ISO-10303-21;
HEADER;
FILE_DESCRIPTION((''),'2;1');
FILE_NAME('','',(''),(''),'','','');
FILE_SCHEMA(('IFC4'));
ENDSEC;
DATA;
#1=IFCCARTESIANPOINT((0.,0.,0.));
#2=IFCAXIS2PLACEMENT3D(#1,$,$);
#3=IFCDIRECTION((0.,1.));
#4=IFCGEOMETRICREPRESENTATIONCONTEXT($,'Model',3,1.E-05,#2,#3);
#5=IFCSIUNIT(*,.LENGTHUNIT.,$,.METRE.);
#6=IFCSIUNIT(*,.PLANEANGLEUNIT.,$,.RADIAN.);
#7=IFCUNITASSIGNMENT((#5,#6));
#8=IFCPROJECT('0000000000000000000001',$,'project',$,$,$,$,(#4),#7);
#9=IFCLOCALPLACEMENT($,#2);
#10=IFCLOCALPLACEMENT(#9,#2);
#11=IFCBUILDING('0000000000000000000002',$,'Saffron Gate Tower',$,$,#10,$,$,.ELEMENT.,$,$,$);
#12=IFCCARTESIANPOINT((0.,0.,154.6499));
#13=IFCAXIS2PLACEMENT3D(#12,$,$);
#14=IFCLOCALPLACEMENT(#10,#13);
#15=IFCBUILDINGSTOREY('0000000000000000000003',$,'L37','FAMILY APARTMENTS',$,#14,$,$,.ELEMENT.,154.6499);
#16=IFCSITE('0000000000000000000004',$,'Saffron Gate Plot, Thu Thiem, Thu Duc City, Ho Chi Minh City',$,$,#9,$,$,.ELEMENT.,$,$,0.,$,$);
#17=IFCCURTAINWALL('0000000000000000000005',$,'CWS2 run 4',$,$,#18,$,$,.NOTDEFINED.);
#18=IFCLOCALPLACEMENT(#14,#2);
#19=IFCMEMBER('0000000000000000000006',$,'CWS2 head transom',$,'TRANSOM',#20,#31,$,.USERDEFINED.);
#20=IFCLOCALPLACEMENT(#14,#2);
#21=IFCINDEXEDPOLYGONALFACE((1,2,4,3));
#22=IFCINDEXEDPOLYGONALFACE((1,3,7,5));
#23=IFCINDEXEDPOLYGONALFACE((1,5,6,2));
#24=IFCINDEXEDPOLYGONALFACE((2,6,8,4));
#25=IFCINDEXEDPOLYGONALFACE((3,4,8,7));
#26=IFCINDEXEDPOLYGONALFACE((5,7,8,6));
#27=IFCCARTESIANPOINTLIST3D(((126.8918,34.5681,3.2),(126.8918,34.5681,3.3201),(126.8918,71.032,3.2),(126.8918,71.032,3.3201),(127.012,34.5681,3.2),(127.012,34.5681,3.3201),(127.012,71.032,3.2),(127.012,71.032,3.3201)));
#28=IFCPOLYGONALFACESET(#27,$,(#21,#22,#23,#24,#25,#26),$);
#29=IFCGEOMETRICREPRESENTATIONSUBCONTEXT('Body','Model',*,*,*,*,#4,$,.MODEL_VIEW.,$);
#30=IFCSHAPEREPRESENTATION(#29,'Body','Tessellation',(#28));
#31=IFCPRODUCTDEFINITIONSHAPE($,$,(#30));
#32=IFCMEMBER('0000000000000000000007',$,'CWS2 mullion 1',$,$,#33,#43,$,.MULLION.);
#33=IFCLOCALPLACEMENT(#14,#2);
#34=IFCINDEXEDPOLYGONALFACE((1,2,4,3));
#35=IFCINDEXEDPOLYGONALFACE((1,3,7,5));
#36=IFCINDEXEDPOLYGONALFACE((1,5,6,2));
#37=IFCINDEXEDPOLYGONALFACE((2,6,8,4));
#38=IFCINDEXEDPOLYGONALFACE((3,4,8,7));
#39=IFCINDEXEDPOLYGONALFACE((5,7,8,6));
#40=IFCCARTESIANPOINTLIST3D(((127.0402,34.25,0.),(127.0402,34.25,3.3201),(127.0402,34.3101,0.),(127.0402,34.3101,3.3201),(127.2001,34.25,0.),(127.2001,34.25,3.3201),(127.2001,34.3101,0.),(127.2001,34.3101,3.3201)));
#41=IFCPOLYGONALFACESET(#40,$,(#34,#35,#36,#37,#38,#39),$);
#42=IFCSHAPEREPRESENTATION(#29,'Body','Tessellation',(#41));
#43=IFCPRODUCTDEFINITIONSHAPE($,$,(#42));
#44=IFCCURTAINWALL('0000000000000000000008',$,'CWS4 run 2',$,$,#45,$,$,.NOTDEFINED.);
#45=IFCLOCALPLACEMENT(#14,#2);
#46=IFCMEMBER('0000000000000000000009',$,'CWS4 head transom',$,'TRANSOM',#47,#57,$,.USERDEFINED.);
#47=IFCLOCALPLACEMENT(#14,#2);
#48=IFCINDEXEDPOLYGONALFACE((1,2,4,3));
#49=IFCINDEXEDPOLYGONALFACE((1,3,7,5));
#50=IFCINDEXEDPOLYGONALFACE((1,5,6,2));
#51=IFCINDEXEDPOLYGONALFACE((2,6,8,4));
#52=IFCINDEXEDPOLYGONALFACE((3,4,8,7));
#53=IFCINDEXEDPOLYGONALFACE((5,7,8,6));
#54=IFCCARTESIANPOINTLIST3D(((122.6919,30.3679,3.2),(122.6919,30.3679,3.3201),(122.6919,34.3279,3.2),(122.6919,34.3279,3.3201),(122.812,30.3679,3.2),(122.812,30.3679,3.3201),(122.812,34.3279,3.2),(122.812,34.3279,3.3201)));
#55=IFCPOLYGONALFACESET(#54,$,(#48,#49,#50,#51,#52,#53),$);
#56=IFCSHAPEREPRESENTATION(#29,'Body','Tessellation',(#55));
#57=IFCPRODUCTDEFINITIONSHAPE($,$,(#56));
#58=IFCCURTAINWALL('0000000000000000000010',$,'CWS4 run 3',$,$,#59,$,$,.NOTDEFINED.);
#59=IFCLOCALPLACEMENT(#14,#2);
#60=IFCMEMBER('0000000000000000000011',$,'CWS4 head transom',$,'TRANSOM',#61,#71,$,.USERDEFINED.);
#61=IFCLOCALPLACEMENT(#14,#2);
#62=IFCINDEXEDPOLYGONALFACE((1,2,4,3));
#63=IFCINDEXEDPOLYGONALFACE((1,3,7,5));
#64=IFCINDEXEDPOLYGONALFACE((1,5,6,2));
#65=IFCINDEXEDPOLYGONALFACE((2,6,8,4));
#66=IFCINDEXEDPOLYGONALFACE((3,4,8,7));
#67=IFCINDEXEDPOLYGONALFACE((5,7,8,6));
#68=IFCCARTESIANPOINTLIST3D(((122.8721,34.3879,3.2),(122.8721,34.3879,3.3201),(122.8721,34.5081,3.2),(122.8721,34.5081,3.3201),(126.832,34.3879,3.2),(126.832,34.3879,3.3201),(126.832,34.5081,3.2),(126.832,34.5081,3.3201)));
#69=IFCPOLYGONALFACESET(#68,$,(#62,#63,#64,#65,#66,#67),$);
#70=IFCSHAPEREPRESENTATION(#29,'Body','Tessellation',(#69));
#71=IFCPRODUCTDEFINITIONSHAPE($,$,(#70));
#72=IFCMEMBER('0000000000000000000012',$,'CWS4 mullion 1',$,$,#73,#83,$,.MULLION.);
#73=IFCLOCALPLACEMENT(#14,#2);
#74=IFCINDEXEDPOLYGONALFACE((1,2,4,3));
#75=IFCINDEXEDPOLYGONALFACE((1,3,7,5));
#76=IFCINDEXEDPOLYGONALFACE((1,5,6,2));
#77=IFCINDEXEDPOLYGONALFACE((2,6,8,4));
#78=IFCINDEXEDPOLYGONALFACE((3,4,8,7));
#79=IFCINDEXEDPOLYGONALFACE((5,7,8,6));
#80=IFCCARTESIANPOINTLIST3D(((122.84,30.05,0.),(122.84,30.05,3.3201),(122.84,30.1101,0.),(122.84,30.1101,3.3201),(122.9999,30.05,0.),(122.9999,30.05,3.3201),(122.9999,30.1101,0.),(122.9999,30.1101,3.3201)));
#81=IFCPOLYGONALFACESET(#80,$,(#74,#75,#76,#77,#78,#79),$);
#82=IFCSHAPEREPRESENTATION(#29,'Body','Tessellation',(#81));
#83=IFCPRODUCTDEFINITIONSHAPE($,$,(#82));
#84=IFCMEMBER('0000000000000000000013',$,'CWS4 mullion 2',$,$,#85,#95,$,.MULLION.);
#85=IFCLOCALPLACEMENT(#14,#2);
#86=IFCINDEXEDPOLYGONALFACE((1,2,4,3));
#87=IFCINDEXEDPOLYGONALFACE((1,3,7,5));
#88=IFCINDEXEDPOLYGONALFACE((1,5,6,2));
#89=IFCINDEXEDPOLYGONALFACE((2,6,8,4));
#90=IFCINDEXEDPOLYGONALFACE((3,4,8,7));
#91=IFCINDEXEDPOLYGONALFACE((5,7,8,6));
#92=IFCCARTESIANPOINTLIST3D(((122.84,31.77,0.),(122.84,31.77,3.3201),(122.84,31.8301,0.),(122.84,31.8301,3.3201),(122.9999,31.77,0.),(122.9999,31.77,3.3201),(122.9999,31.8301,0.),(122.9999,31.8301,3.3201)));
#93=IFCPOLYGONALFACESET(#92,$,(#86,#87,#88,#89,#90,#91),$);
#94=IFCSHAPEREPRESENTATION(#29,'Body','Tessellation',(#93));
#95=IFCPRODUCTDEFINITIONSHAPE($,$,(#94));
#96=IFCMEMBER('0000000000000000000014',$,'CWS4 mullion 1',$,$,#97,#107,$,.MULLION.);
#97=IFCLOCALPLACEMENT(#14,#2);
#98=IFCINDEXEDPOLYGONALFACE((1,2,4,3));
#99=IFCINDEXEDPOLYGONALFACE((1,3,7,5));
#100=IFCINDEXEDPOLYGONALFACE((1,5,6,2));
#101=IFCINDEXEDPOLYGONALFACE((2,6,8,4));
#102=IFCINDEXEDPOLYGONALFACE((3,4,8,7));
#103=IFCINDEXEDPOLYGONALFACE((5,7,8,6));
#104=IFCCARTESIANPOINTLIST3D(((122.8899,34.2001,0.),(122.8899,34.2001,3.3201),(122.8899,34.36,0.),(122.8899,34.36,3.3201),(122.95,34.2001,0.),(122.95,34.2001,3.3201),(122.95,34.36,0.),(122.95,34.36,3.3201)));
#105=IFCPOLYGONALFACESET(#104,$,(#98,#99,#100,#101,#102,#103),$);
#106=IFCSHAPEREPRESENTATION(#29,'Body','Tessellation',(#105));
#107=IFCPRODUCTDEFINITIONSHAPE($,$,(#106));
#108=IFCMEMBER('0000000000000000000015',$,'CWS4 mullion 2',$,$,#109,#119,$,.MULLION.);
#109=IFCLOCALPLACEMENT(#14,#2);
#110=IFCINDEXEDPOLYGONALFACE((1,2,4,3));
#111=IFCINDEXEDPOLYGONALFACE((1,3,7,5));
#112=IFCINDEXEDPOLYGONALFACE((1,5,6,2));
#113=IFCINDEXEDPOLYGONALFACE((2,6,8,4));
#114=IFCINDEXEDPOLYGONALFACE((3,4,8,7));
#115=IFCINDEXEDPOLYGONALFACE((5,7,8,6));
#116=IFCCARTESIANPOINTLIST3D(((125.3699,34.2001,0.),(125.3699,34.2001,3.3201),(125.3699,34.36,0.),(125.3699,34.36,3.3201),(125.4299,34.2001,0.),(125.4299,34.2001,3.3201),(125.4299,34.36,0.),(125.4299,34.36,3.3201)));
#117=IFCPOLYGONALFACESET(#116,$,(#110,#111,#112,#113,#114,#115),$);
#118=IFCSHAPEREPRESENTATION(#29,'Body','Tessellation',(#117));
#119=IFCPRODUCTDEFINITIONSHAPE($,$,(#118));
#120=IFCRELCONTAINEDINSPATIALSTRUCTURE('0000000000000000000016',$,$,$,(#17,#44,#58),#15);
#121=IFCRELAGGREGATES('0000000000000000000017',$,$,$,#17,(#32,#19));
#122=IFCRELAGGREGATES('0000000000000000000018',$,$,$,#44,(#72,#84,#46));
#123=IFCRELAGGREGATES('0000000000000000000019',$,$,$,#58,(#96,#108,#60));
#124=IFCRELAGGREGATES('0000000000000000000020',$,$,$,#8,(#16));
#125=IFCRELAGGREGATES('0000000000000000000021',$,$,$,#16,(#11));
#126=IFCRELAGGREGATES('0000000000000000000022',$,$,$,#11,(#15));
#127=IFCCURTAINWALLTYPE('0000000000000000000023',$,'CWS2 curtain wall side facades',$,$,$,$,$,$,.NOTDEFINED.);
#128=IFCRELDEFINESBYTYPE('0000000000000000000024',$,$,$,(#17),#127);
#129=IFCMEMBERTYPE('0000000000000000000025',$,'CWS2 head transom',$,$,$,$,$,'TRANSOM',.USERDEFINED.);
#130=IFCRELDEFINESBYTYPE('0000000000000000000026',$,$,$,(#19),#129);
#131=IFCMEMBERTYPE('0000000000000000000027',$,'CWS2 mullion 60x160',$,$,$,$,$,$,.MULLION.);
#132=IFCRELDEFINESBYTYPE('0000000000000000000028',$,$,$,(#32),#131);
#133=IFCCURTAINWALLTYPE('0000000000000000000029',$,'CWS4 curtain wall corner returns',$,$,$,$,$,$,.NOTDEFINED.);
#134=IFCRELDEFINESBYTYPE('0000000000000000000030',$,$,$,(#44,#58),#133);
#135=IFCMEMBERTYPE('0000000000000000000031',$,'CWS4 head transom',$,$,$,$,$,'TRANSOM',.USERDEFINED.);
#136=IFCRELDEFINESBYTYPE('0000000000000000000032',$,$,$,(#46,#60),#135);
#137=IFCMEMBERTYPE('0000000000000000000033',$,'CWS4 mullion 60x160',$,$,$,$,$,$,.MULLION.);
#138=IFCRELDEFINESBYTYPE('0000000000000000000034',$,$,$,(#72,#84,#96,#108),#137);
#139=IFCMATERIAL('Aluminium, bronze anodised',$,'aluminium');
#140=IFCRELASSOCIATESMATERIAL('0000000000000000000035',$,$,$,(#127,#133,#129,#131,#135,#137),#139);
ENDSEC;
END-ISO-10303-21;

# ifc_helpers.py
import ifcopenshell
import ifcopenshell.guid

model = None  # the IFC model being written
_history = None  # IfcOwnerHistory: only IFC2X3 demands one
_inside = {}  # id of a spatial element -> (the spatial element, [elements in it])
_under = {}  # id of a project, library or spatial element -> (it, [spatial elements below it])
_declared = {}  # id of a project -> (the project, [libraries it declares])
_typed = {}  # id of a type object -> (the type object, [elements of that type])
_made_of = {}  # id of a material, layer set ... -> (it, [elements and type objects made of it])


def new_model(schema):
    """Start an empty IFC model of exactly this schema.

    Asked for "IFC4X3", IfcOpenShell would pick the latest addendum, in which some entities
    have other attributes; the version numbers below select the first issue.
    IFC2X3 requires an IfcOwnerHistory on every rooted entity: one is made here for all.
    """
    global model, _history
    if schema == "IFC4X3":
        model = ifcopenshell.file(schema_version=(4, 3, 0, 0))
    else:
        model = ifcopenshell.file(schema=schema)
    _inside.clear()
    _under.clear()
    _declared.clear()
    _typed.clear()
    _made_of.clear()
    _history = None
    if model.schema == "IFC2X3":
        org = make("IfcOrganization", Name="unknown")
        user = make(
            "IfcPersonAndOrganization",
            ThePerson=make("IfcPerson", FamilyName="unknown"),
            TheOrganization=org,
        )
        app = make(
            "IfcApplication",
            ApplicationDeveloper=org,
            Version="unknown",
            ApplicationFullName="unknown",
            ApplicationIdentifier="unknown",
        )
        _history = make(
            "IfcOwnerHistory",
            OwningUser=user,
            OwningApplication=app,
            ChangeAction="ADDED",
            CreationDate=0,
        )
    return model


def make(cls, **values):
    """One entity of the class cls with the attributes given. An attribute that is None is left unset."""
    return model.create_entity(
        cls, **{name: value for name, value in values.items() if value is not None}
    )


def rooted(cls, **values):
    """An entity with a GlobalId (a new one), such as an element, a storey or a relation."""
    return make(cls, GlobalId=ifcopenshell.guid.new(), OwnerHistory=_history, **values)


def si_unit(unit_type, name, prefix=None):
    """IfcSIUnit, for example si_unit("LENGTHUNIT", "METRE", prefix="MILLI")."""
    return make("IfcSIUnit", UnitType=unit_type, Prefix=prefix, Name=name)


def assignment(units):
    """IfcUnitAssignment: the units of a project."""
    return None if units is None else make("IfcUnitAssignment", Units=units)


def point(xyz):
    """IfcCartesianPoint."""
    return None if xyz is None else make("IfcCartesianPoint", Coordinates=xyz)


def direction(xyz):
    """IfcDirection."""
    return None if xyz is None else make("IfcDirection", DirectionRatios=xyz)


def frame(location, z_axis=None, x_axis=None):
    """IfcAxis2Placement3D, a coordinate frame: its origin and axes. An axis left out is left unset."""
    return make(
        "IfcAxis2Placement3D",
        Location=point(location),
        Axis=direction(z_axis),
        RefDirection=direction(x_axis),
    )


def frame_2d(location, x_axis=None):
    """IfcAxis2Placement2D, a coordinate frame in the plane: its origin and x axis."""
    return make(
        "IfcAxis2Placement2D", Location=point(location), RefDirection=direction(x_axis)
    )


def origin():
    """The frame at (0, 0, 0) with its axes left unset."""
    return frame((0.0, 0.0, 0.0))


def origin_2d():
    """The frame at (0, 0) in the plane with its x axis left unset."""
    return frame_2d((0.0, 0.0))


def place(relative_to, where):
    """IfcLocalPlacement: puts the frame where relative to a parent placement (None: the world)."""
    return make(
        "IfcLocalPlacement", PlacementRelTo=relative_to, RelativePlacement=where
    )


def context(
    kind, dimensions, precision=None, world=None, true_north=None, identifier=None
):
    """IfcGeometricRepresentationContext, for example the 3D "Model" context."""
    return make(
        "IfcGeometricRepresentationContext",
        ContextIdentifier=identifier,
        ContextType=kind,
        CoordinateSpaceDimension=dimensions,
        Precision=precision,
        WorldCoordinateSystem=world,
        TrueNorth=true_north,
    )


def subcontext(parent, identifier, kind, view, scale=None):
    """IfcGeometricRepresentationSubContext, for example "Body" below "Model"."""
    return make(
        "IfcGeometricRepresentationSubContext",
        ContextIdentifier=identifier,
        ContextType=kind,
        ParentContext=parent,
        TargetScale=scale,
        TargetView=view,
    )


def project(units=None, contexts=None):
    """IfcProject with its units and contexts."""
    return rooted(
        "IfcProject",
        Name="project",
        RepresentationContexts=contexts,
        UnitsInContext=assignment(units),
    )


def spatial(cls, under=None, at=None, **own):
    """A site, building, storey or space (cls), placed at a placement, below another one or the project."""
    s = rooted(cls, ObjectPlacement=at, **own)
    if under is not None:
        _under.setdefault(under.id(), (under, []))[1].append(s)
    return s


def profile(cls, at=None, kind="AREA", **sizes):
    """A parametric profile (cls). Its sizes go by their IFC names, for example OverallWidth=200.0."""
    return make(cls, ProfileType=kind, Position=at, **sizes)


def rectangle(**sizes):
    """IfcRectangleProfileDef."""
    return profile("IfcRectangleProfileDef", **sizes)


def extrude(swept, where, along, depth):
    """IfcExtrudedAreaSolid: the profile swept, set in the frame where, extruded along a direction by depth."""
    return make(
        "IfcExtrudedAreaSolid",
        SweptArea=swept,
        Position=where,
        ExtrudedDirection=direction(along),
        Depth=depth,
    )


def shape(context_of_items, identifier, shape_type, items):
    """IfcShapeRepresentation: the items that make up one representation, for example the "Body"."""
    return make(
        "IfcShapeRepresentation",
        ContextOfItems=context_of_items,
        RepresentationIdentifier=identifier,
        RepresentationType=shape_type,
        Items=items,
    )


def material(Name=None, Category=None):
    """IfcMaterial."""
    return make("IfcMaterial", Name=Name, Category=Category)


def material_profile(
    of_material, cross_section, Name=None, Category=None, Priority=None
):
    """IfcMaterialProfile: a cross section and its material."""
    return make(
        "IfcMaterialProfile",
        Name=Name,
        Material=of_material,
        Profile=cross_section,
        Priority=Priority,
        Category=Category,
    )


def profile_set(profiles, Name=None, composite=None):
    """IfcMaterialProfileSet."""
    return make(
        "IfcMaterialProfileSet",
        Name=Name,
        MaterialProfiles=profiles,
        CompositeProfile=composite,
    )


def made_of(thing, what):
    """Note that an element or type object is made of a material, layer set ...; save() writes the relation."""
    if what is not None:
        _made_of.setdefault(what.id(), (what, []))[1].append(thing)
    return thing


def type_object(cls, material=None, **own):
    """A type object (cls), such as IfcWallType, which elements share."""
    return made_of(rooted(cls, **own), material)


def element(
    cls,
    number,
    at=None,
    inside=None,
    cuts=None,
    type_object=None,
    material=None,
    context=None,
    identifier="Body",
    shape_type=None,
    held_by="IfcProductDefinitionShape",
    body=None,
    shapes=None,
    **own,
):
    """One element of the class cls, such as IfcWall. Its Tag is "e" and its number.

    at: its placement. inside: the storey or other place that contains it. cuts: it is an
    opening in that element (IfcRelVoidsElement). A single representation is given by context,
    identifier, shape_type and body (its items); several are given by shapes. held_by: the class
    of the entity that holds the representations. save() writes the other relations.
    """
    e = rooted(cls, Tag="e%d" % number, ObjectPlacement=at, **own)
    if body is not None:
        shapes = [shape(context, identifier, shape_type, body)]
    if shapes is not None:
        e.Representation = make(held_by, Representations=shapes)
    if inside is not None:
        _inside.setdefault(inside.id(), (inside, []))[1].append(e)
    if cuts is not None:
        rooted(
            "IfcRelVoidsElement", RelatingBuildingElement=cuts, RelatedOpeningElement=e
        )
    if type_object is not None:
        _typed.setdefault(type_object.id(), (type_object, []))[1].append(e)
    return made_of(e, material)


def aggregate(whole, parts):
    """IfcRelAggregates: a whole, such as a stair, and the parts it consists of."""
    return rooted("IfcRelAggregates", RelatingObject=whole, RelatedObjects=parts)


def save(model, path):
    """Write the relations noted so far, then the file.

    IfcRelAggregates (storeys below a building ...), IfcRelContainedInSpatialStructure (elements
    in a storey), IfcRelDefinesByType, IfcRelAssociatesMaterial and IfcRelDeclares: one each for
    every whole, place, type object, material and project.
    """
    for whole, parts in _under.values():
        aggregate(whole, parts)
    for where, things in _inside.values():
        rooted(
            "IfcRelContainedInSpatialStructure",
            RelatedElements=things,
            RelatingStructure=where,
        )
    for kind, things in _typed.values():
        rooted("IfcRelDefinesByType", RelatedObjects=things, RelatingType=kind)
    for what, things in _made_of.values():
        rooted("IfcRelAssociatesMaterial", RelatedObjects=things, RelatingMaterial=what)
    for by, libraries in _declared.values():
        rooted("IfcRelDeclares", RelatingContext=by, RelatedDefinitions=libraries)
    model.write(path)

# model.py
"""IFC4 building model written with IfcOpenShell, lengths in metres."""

from ifc_helpers import new_model, si_unit, direction, frame, origin, origin_2d, place, context, subcontext, project, spatial, rectangle, extrude, material, material_profile, profile_set, type_object, element, aggregate, save


model = new_model("IFC4")

# Units and contexts
model_context = context("Model", 3, precision=1e-05, world=origin(), true_north=direction((0.0, 1.0)))
body_context = subcontext(model_context, "Body", "Model", "MODEL_VIEW")
ifc_project = project(units=[si_unit("LENGTHUNIT", "METRE"), si_unit("PLANEANGLEUNIT", "RADIAN")], contexts=[model_context])

# Site, building, storey
site_placement = place(None, origin())
site = spatial("IfcSite", under=ifc_project, at=site_placement, Name="Saffron Gate Plot, Thu Thiem, Thu Duc City, Ho Chi Minh City", CompositionType="ELEMENT", RefElevation=0.0)
building_placement = place(site_placement, origin())
building = spatial("IfcBuilding", under=site, at=building_placement, Name="Saffron Gate Tower", CompositionType="ELEMENT")
storey_placement = place(building_placement, frame((0.0, 0.0, 154.6499)))
storey = spatial("IfcBuildingStorey", under=building, at=storey_placement, Name="L37", Description="FAMILY APARTMENTS", CompositionType="ELEMENT", Elevation=154.6499)

# Curtain wall, members
ifc_material_1 = material(Name="Aluminium, bronze anodised", Category="aluminium")
curtain_wall_type_1 = type_object("IfcCurtainWallType", Name="CWS2 curtain wall side facades", PredefinedType="NOTDEFINED", material=ifc_material_1)
curtain_wall_1_placement = place(storey_placement, origin())
curtain_wall_1 = element("IfcCurtainWall", 1, at=curtain_wall_1_placement, inside=storey, type_object=curtain_wall_type_1, Name="CWS2 run 4", PredefinedType="NOTDEFINED")
ifc_material_profile_1 = material_profile(ifc_material_1, rectangle(XDim=0.1201, YDim=0.1201, at=origin_2d()))
ifc_profile_set_1 = profile_set([ifc_material_profile_1], Name="Aluminium, bronze anodised")
member_type_1 = type_object("IfcMemberType", Name="CWS2 head transom", ElementType="TRANSOM", PredefinedType="USERDEFINED", material=ifc_profile_set_1)
member_1_placement = place(storey_placement, frame((126.9519, 34.5681, 3.26), z_axis=(0.0, 1.0, 0.0), x_axis=(-1.0, 0.0, 0.0)))
member_1 = element("IfcMember", 2, at=member_1_placement, type_object=member_type_1, Name="CWS2 head transom", ObjectType="TRANSOM", PredefinedType="USERDEFINED", context=body_context, shape_type="SweptSolid", body=[
    extrude(rectangle(XDim=0.1201, YDim=0.1201, at=origin_2d()), origin(), (0.0, 0.0, 1.0), 36.4639),
])
ifc_material_profile_2 = material_profile(ifc_material_1, rectangle(XDim=0.1599, YDim=0.0601, at=origin_2d()))
ifc_profile_set_2 = profile_set([ifc_material_profile_2], Name="Aluminium, bronze anodised")
member_type_2 = type_object("IfcMemberType", Name="CWS2 mullion 60x160", PredefinedType="MULLION", material=ifc_profile_set_2)
member_2_placement = place(storey_placement, frame((127.1201, 34.28, 0.0), z_axis=(0.0, 0.0, 1.0), x_axis=(-1.0, 0.0, 0.0)))
member_2 = element("IfcMember", 3, at=member_2_placement, type_object=member_type_2, Name="CWS2 mullion 1", PredefinedType="MULLION", context=body_context, shape_type="SweptSolid", body=[
    extrude(rectangle(XDim=0.1599, YDim=0.0601, at=origin_2d()), origin(), (0.0, 0.0, 1.0), 3.3201),
])

# Curtain walls, members
curtain_wall_type_2 = type_object("IfcCurtainWallType", Name="CWS4 curtain wall corner returns", PredefinedType="NOTDEFINED", material=ifc_material_1)
curtain_wall_2_placement = place(storey_placement, origin())
curtain_wall_2 = element("IfcCurtainWall", 4, at=curtain_wall_2_placement, inside=storey, type_object=curtain_wall_type_2, Name="CWS4 run 2", PredefinedType="NOTDEFINED")
ifc_material_profile_3 = material_profile(ifc_material_1, rectangle(XDim=0.1201, YDim=0.1201, at=origin_2d()))
ifc_profile_set_3 = profile_set([ifc_material_profile_3], Name="Aluminium, bronze anodised")
member_type_3 = type_object("IfcMemberType", Name="CWS4 head transom", ElementType="TRANSOM", PredefinedType="USERDEFINED", material=ifc_profile_set_3)
member_3_placement = place(storey_placement, frame((122.752, 30.3679, 3.26), z_axis=(0.0, 1.0, 0.0), x_axis=(-1.0, 0.0, 0.0)))
member_3 = element("IfcMember", 5, at=member_3_placement, type_object=member_type_3, Name="CWS4 head transom", ObjectType="TRANSOM", PredefinedType="USERDEFINED", context=body_context, shape_type="SweptSolid", body=[
    extrude(rectangle(XDim=0.1201, YDim=0.1201, at=origin_2d()), origin(), (0.0, 0.0, 1.0), 3.96),
])
curtain_wall_3_placement = place(storey_placement, origin())
curtain_wall_3 = element("IfcCurtainWall", 6, at=curtain_wall_3_placement, inside=storey, type_object=curtain_wall_type_2, Name="CWS4 run 3", PredefinedType="NOTDEFINED")
member_4_placement = place(storey_placement, frame((122.8721, 34.448, 3.26), z_axis=(1.0, 0.0, 0.0), x_axis=(0.0, 1.0, 0.0)))
member_4 = element("IfcMember", 7, at=member_4_placement, type_object=member_type_3, Name="CWS4 head transom", ObjectType="TRANSOM", PredefinedType="USERDEFINED", context=body_context, shape_type="SweptSolid", body=[
    extrude(rectangle(XDim=0.1201, YDim=0.1201, at=origin_2d()), origin(), (0.0, 0.0, 1.0), 3.96),
])

# Members
ifc_material_profile_4 = material_profile(ifc_material_1, rectangle(XDim=0.1599, YDim=0.0601, at=origin_2d()))
ifc_profile_set_4 = profile_set([ifc_material_profile_4], Name="Aluminium, bronze anodised")
member_type_4 = type_object("IfcMemberType", Name="CWS4 mullion 60x160", PredefinedType="MULLION", material=ifc_profile_set_4)
member_5_placement = place(storey_placement, frame((122.9199, 30.0801, 0.0), z_axis=(0.0, 0.0, 1.0), x_axis=(-1.0, 0.0, 0.0)))
member_5 = element("IfcMember", 8, at=member_5_placement, type_object=member_type_4, Name="CWS4 mullion 1", PredefinedType="MULLION", context=body_context, shape_type="SweptSolid", body=[
    extrude(rectangle(XDim=0.1599, YDim=0.0601, at=origin_2d()), origin(), (0.0, 0.0, 1.0), 3.3201),
])
member_6_placement = place(storey_placement, frame((122.9199, 31.8, 0.0), z_axis=(0.0, 0.0, 1.0), x_axis=(-1.0, 0.0, 0.0)))
member_6 = element("IfcMember", 9, at=member_6_placement, type_object=member_type_4, Name="CWS4 mullion 2", PredefinedType="MULLION", context=body_context, shape_type="SweptSolid", body=[
    extrude(rectangle(XDim=0.1599, YDim=0.0601, at=origin_2d()), origin(), (0.0, 0.0, 1.0), 3.3201),
])
member_7_placement = place(storey_placement, frame((122.9199, 34.28, 0.0), z_axis=(0.0, 0.0, 1.0), x_axis=(0.0, 1.0, 0.0)))
member_7 = element("IfcMember", 10, at=member_7_placement, type_object=member_type_4, Name="CWS4 mullion 1", PredefinedType="MULLION", context=body_context, shape_type="SweptSolid", body=[
    extrude(rectangle(XDim=0.1599, YDim=0.0601, at=origin_2d()), origin(), (0.0, 0.0, 1.0), 3.3201),
])
member_8_placement = place(storey_placement, frame((125.3999, 34.28, 0.0), z_axis=(0.0, 0.0, 1.0), x_axis=(0.0, 1.0, 0.0)))
member_8 = element("IfcMember", 11, at=member_8_placement, type_object=member_type_4, Name="CWS4 mullion 2", PredefinedType="MULLION", context=body_context, shape_type="SweptSolid", body=[
    extrude(rectangle(XDim=0.1599, YDim=0.0601, at=origin_2d()), origin(), (0.0, 0.0, 1.0), 3.3201),
])

aggregate(curtain_wall_1, [member_2, member_1])

aggregate(curtain_wall_2, [member_5, member_6, member_3])
aggregate(curtain_wall_3, [member_7, member_8, member_4])

save(model, "model.ifc")
